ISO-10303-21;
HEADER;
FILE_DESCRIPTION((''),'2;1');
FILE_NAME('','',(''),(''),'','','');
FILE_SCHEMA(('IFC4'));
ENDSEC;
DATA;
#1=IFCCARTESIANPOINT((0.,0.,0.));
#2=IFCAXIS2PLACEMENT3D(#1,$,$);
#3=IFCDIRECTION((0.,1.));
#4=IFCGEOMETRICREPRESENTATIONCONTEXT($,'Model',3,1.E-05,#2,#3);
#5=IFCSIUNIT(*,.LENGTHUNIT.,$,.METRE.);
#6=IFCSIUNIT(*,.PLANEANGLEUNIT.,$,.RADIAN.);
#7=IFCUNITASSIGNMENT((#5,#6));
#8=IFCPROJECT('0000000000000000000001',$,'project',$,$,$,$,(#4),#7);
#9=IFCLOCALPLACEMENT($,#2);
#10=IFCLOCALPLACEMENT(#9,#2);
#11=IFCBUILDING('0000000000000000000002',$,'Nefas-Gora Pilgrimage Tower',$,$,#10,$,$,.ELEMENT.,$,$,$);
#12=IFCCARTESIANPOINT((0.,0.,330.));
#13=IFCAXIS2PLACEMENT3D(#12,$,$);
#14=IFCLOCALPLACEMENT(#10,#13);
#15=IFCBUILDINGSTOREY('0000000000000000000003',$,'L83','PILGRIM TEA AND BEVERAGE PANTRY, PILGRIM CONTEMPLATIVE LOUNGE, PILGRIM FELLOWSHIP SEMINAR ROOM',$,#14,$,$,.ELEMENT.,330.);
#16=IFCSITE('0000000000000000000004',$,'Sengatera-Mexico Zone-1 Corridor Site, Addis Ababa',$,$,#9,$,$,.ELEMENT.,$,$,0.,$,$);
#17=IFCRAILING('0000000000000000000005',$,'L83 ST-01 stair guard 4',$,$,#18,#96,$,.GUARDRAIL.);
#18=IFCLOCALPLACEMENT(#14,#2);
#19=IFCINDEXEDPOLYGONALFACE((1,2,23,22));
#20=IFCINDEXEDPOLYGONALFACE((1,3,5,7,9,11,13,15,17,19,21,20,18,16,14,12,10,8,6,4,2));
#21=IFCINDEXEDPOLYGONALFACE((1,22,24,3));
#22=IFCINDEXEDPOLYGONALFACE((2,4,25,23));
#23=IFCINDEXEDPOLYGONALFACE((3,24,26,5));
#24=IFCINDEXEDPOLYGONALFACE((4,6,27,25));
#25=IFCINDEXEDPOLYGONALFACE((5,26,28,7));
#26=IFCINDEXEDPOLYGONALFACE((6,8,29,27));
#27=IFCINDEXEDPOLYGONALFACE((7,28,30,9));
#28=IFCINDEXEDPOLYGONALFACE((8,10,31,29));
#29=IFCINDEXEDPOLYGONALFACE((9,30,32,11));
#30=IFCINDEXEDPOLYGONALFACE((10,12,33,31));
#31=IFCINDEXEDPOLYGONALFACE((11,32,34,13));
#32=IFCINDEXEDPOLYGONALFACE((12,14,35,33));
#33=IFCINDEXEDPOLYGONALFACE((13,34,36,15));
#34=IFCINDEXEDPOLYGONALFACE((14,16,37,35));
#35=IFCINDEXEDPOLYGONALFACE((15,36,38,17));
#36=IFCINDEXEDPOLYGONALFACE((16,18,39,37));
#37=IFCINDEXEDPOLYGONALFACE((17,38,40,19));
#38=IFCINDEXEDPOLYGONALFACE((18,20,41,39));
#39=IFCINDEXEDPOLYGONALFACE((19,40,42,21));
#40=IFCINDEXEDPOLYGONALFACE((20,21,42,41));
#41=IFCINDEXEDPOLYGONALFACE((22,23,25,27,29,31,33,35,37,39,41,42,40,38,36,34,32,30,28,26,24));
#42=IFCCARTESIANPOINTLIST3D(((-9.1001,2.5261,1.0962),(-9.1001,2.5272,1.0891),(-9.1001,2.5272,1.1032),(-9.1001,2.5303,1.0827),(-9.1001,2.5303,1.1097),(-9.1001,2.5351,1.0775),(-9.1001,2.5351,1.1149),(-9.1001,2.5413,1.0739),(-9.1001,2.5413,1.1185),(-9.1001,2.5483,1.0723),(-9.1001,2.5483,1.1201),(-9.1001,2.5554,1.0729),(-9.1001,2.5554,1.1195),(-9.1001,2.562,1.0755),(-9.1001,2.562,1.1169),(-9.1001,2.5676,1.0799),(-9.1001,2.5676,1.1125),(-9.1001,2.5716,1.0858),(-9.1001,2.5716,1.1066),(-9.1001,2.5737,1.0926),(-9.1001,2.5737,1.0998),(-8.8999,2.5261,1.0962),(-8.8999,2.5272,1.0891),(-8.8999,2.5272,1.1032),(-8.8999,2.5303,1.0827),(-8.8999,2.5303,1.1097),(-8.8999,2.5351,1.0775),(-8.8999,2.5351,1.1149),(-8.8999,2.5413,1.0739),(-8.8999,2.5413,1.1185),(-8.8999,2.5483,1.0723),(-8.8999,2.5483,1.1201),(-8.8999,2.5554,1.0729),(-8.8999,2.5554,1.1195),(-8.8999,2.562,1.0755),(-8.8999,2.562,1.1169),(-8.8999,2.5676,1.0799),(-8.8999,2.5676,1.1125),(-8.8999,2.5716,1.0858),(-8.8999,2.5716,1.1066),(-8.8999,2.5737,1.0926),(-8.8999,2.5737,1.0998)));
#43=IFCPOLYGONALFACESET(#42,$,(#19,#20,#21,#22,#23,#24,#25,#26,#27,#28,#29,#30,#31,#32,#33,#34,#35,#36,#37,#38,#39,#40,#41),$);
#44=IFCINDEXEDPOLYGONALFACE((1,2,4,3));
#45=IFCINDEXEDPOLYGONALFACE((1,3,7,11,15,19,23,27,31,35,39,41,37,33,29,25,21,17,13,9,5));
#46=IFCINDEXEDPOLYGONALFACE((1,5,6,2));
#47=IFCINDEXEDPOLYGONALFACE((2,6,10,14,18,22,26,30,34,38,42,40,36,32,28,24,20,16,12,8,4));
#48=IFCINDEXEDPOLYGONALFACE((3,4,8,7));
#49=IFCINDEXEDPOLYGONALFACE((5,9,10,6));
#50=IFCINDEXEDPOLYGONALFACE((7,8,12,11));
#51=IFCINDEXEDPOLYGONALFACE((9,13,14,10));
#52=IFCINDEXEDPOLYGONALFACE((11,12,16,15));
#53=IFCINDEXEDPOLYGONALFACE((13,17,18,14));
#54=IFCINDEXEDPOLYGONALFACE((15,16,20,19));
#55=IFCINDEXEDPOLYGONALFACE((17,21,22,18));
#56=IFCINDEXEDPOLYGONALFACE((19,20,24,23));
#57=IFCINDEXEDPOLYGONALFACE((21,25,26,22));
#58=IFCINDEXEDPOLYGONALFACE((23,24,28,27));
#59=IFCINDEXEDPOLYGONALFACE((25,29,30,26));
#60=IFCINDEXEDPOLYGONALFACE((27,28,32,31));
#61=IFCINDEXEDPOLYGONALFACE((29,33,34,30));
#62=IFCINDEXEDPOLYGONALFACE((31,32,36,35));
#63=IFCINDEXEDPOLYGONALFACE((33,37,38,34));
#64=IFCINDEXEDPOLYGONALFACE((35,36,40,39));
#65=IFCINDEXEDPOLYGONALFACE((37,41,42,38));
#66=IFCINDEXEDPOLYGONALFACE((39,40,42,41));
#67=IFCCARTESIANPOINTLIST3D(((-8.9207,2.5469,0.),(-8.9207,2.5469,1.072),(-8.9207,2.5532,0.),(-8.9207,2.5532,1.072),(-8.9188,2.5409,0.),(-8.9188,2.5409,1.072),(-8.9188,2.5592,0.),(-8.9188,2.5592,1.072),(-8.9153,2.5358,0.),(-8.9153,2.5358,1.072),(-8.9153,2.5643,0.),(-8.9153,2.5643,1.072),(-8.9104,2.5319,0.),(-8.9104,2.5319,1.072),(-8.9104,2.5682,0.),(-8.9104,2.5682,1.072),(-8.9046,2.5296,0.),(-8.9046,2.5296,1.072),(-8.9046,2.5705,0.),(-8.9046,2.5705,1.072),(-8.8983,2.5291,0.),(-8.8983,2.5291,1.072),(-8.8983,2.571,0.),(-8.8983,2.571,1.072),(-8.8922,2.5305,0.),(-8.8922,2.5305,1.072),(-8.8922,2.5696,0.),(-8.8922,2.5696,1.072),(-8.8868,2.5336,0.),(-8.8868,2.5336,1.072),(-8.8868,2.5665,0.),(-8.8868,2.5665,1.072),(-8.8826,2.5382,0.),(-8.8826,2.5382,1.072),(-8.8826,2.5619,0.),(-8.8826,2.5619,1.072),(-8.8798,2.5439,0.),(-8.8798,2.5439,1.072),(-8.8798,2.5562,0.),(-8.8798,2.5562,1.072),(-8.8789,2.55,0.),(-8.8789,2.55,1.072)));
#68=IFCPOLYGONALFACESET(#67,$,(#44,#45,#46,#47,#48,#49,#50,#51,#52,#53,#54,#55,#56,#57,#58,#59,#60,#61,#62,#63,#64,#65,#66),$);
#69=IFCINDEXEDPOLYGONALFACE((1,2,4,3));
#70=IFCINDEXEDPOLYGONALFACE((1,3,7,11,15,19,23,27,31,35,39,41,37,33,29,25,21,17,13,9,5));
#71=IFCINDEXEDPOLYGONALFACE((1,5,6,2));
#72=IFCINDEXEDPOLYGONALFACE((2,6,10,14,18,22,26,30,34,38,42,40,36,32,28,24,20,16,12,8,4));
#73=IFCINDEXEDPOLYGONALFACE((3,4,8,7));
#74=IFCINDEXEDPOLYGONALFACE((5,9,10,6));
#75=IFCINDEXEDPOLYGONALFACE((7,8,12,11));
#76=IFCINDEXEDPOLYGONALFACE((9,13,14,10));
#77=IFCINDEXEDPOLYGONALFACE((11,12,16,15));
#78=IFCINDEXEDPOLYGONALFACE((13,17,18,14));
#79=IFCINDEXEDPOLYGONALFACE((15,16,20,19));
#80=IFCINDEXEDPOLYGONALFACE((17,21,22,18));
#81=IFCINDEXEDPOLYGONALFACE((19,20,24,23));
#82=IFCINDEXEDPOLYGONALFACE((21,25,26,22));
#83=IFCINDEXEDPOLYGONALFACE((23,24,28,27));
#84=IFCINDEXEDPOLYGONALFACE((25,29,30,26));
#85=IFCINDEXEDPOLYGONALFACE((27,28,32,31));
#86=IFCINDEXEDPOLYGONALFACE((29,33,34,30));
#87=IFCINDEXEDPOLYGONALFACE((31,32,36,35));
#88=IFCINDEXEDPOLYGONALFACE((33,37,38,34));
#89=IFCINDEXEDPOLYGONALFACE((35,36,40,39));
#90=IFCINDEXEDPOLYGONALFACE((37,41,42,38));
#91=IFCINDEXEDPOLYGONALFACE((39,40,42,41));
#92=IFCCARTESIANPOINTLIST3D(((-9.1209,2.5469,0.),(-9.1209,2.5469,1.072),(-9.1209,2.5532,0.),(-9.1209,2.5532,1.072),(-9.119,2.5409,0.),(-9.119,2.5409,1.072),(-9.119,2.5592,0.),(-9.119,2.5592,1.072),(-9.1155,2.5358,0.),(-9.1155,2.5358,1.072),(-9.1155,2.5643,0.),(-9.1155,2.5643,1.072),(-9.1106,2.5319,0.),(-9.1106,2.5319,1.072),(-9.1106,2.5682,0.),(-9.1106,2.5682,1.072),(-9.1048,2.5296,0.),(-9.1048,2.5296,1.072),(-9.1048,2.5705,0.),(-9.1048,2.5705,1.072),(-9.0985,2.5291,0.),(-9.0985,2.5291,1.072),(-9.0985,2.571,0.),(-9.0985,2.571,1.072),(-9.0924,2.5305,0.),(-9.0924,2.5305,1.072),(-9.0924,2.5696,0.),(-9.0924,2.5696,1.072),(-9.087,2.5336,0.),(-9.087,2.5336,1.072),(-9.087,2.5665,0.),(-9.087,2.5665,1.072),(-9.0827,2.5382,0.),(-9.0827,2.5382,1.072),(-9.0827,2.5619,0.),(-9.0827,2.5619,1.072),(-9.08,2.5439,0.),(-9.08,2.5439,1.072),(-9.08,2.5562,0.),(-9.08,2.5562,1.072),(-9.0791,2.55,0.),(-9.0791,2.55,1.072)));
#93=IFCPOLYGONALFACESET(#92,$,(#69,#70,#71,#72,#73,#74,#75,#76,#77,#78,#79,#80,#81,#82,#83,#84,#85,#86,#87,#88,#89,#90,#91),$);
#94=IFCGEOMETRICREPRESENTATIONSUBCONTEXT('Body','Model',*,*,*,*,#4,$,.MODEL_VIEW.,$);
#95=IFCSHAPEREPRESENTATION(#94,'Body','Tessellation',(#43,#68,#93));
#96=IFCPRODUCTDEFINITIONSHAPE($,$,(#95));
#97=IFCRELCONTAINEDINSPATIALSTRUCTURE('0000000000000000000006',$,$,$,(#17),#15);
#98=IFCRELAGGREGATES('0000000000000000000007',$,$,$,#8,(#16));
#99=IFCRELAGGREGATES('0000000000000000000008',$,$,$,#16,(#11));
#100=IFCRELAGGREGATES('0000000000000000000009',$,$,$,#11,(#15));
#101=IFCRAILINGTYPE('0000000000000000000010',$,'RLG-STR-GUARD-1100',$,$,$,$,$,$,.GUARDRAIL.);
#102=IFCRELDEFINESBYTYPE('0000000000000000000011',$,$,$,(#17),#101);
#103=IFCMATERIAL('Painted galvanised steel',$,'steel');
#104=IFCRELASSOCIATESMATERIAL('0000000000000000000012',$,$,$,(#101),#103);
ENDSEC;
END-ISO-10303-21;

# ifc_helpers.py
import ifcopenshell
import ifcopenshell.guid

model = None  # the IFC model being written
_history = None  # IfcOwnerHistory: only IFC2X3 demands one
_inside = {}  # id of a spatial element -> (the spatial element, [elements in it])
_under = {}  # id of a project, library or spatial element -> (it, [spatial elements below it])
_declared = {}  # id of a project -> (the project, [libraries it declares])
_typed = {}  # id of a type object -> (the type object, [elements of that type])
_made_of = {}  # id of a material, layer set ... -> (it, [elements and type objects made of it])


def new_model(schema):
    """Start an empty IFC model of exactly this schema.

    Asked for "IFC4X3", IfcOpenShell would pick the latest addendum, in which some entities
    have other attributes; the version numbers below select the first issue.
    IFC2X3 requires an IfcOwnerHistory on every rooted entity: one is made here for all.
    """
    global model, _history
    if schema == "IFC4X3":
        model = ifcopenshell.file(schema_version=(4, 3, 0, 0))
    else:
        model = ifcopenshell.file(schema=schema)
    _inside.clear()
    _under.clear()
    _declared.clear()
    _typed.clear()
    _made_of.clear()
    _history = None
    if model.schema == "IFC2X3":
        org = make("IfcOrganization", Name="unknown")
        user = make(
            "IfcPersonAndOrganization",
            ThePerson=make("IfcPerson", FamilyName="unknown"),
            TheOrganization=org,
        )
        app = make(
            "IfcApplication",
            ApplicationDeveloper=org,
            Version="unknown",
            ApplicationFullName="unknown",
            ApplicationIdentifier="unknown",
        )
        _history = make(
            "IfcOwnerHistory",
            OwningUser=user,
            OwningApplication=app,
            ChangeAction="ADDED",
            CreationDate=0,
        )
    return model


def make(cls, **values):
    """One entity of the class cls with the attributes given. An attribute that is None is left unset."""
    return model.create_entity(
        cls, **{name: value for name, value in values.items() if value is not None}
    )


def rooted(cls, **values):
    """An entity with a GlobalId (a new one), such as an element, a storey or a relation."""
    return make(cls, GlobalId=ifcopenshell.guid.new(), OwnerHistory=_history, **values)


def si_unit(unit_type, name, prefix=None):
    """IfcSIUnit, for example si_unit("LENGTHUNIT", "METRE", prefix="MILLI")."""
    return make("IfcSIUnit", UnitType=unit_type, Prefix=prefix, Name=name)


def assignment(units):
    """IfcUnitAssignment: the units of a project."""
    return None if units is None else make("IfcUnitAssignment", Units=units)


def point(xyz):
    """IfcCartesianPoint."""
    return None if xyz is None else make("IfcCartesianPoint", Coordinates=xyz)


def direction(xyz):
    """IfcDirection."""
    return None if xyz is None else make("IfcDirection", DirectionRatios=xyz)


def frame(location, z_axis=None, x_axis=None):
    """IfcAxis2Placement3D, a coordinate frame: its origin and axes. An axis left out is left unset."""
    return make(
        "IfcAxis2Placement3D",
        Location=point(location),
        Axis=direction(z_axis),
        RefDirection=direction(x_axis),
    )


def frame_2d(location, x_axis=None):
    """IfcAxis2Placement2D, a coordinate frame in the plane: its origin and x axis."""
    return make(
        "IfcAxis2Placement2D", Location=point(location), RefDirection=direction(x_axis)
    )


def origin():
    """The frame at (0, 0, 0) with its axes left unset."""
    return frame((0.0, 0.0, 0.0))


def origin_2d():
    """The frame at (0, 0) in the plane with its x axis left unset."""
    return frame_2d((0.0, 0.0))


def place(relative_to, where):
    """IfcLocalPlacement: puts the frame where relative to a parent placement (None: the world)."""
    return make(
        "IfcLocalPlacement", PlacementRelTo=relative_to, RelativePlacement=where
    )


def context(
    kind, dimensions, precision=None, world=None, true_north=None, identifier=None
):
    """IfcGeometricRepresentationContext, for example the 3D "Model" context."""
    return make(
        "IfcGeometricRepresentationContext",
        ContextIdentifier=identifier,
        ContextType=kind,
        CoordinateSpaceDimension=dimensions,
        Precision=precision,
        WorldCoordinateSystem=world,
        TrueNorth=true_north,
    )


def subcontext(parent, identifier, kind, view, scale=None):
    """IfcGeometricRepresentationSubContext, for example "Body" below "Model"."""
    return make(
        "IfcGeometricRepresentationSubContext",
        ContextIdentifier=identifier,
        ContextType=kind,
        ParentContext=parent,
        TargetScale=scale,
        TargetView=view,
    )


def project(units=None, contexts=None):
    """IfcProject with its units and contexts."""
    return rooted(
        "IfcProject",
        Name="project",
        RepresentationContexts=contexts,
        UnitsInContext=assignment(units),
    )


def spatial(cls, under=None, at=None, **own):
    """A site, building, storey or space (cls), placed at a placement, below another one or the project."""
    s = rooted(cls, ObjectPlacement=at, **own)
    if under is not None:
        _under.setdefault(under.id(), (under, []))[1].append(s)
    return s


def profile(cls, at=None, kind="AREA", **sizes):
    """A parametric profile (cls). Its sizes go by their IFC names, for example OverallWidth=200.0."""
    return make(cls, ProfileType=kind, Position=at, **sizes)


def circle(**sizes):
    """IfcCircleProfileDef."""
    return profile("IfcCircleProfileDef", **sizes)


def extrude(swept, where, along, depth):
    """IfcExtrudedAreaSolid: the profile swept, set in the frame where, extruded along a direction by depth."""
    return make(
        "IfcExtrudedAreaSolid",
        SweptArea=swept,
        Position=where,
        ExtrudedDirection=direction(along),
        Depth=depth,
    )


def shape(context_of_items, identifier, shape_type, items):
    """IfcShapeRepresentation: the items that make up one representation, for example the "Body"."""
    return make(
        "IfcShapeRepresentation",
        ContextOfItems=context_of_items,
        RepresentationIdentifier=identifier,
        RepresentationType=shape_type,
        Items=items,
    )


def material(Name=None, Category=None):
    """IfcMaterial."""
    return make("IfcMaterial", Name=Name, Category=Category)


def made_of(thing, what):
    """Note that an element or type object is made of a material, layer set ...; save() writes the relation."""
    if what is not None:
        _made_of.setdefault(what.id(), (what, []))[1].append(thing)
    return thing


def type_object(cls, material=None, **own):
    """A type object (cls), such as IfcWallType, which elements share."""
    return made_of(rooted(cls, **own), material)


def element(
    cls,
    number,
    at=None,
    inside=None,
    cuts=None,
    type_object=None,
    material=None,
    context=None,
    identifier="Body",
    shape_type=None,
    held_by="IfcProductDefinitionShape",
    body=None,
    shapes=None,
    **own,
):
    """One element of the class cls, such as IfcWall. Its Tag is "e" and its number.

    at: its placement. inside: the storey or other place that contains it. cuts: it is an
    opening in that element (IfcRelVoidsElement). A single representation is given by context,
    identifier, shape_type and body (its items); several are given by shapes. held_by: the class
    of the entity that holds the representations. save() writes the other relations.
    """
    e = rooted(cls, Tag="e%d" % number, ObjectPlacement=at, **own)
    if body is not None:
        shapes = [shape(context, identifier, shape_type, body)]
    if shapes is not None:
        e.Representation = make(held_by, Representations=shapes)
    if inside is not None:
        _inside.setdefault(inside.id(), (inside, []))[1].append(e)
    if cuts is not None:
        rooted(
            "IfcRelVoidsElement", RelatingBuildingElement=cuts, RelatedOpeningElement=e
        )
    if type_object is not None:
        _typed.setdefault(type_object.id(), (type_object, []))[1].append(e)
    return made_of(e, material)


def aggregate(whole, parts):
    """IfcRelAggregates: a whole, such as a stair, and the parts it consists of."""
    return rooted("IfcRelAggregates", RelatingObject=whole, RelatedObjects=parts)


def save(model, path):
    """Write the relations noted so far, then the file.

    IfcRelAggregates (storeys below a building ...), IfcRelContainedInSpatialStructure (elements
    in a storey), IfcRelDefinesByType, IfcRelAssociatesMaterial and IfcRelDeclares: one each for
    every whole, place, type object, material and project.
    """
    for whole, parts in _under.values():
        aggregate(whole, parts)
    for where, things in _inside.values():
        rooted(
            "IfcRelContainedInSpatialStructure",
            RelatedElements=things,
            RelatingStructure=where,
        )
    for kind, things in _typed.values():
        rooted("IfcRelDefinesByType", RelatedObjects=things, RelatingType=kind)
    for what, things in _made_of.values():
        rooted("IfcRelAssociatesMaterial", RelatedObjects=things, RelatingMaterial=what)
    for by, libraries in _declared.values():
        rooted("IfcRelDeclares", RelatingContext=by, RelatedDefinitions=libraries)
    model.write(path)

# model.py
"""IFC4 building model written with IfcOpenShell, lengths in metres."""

from ifc_helpers import new_model, si_unit, direction, frame, origin, origin_2d, place, context, subcontext, project, spatial, circle, extrude, material, type_object, element, save


model = new_model("IFC4")

# Units and contexts
model_context = context("Model", 3, precision=1e-05, world=origin(), true_north=direction((0.0, 1.0)))
body_context = subcontext(model_context, "Body", "Model", "MODEL_VIEW")
ifc_project = project(units=[si_unit("LENGTHUNIT", "METRE"), si_unit("PLANEANGLEUNIT", "RADIAN")], contexts=[model_context])

# Site, building, storey
site_placement = place(None, origin())
site = spatial("IfcSite", under=ifc_project, at=site_placement, Name="Sengatera-Mexico Zone-1 Corridor Site, Addis Ababa", CompositionType="ELEMENT", RefElevation=0.0)
building_placement = place(site_placement, origin())
building = spatial("IfcBuilding", under=site, at=building_placement, Name="Nefas-Gora Pilgrimage Tower", CompositionType="ELEMENT")
storey_placement = place(building_placement, frame((0.0, 0.0, 330.0)))
storey = spatial("IfcBuildingStorey", under=building, at=storey_placement, Name="L83", Description="PILGRIM TEA AND BEVERAGE PANTRY, PILGRIM CONTEMPLATIVE LOUNGE, PILGRIM FELLOWSHIP SEMINAR ROOM", CompositionType="ELEMENT", Elevation=330.0)

# Railing
ifc_material_1 = material(Name="Painted galvanised steel", Category="steel")
railing_type_1 = type_object("IfcRailingType", Name="RLG-STR-GUARD-1100", PredefinedType="GUARDRAIL", material=ifc_material_1)
railing_1_placement = place(storey_placement, frame((-8.8999, 2.55, 0.0)))
element("IfcRailing", 1, at=railing_1_placement, inside=storey, type_object=railing_type_1, Name="L83 ST-01 stair guard 4", PredefinedType="GUARDRAIL", context=body_context, shape_type="SweptSolid", body=[
    extrude(circle(Radius=0.0239, at=origin_2d()), frame((0.0, 0.0, 1.0962), z_axis=(-1.0, 0.0, 0.0), x_axis=(0.0, -1.0, 0.0)), (0.0, 0.0, 1.0), 0.2002),
    extrude(circle(Radius=0.021, at=origin_2d()), origin(), (0.0, 0.0, 1.0), 1.072),
    extrude(circle(Radius=0.021, at=origin_2d()), frame((-0.2002, 0.0, 0.0)), (0.0, 0.0, 1.0), 1.072),
])

save(model, "model.ifc")
